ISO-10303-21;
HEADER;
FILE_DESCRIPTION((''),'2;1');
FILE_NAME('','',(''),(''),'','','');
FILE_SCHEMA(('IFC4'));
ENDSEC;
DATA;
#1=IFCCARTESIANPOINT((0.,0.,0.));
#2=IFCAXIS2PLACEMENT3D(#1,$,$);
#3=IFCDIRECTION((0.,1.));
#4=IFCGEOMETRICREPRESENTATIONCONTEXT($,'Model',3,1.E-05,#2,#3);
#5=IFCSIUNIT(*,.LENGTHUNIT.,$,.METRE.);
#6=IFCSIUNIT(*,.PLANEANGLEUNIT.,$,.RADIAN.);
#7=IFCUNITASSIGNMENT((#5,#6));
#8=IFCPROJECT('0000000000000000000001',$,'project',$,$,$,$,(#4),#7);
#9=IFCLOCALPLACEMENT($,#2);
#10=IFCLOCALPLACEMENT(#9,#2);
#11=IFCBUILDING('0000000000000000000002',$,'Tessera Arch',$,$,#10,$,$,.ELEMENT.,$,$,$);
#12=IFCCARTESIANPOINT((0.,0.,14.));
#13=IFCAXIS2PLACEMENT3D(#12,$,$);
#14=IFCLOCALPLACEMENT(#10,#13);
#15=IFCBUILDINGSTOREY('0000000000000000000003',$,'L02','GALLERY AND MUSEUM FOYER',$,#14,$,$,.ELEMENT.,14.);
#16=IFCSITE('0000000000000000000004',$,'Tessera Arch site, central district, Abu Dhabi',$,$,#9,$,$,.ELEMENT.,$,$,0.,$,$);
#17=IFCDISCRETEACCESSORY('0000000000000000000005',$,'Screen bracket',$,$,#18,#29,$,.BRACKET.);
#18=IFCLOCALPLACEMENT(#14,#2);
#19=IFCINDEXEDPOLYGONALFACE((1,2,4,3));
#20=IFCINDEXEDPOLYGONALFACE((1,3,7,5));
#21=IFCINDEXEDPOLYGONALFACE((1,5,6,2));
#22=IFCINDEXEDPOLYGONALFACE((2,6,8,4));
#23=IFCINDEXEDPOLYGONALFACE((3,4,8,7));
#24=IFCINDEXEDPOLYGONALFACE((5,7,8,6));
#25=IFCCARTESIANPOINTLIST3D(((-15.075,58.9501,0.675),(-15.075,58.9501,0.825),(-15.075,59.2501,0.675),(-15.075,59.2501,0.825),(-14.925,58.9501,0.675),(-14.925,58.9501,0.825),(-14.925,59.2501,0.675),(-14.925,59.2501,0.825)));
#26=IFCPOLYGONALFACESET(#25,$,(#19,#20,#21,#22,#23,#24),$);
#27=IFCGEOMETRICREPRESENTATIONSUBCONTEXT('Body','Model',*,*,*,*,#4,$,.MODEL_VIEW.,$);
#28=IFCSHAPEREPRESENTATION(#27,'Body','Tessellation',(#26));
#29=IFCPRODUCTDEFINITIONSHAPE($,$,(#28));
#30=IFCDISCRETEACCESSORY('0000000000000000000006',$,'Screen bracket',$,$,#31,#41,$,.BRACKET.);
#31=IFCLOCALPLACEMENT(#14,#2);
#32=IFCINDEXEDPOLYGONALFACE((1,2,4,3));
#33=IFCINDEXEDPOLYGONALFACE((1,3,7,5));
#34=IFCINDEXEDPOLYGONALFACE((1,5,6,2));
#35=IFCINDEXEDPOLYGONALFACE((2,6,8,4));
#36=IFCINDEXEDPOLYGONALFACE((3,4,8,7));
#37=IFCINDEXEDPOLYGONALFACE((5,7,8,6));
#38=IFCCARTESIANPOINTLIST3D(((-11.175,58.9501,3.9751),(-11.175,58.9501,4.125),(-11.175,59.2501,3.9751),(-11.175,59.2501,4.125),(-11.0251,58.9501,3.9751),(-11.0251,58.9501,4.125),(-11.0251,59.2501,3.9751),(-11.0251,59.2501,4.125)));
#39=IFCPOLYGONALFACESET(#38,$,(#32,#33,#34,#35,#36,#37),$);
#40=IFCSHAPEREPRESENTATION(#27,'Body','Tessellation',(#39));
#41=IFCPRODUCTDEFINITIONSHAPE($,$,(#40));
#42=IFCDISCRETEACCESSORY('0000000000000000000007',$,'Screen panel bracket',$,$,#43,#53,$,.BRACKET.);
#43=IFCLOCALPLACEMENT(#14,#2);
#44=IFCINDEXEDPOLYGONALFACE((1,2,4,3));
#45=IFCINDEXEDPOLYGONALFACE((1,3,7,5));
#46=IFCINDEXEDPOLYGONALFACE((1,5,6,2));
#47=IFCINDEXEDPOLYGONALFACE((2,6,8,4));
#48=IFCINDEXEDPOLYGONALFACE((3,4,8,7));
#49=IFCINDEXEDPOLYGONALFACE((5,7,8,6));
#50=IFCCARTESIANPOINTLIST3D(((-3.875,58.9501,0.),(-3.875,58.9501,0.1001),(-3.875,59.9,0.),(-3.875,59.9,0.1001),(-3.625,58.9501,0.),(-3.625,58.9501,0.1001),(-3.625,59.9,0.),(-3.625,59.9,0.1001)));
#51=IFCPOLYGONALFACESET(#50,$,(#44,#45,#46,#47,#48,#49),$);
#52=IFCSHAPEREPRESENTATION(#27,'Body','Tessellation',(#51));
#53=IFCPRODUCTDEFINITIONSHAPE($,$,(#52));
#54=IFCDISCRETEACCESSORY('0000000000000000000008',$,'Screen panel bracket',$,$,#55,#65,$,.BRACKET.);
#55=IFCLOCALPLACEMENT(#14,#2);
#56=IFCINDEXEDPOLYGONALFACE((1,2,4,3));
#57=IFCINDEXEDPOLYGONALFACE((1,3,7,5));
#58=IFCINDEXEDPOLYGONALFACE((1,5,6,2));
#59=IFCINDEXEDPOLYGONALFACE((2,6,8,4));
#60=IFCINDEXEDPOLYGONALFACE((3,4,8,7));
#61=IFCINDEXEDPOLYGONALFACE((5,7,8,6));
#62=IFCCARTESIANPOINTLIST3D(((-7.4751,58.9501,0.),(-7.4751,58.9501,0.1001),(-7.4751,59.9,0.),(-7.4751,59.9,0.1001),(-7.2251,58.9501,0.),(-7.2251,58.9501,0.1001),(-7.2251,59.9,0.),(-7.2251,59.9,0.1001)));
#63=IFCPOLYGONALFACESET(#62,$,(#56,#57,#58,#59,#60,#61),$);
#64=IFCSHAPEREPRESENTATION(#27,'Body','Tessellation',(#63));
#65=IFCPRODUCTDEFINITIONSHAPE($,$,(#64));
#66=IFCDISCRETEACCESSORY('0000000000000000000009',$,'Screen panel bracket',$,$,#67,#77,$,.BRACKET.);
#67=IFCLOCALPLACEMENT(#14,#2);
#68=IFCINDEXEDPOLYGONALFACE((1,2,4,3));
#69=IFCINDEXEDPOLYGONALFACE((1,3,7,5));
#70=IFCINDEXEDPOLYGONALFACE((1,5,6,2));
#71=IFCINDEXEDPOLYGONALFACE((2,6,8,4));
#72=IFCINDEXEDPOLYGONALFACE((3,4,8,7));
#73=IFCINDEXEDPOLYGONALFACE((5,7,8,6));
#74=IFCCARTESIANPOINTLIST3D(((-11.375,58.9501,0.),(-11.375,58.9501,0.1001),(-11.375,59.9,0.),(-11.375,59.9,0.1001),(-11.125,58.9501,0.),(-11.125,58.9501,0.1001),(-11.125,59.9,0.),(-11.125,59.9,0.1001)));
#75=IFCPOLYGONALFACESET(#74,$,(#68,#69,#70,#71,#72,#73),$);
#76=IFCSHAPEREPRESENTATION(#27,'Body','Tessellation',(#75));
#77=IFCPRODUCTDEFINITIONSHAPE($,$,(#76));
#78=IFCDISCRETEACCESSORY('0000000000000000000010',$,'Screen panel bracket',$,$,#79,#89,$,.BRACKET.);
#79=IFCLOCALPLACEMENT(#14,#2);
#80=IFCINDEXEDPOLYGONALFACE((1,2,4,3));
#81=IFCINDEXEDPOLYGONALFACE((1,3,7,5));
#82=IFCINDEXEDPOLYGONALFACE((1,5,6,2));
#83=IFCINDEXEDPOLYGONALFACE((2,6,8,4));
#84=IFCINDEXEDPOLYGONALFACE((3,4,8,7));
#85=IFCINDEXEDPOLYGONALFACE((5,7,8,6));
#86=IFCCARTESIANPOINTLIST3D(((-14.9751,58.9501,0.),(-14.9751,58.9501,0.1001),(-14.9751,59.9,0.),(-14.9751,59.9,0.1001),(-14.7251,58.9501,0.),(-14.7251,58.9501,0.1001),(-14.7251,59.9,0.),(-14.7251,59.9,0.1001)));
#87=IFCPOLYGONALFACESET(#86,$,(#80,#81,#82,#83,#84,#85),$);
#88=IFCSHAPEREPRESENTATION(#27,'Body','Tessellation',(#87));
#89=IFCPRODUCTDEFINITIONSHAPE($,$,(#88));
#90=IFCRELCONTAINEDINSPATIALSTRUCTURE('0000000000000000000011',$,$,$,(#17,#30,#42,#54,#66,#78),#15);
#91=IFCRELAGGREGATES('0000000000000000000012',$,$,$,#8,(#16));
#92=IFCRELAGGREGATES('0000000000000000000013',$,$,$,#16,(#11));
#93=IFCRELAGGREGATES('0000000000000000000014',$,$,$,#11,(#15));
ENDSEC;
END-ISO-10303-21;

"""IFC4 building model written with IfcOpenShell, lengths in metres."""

from ifc_helpers import new_model, si_unit, direction, frame, origin, origin_2d, place, context, subcontext, project, spatial, rectangle, extrude, element, save


model = new_model("IFC4")

# Units and contexts
model_context = context("Model", 3, precision=1e-05, world=origin(), true_north=direction((0.0, 1.0)))
body_context = subcontext(model_context, "Body", "Model", "MODEL_VIEW")
ifc_project = project(units=[si_unit("LENGTHUNIT", "METRE"), si_unit("PLANEANGLEUNIT", "RADIAN")], contexts=[model_context])

# Site, building, storey
site_placement = place(None, origin())
site = spatial("IfcSite", under=ifc_project, at=site_placement, Name="Tessera Arch site, central district, Abu Dhabi", CompositionType="ELEMENT", RefElevation=0.0)
building_placement = place(site_placement, origin())
building = spatial("IfcBuilding", under=site, at=building_placement, Name="Tessera Arch", CompositionType="ELEMENT")
storey_placement = place(building_placement, frame((0.0, 0.0, 14.0)))
storey = spatial("IfcBuildingStorey", under=building, at=storey_placement, Name="L02", Description="GALLERY AND MUSEUM FOYER", CompositionType="ELEMENT", Elevation=14.0)

# Discrete accessories
for number, where, z_axis, x_axis, name in (
    (1, (-15.0, 59.1001, 0.675), (0.0, 0.0, 1.0), (0.0, 1.0, 0.0), "Screen bracket"),
    (2, (-11.1001, 59.1001, 3.9751), (0.0, 0.0, 1.0), (0.0, 1.0, 0.0), "Screen bracket"),
):
    element("IfcDiscreteAccessory", number, at=place(storey_placement, frame(where, z_axis=z_axis, x_axis=x_axis)), inside=storey, Name=name, PredefinedType="BRACKET", context=body_context, shape_type="SweptSolid", body=[
        extrude(rectangle(XDim=0.3, YDim=0.1499, at=origin_2d()), origin(), (0.0, 0.0, 1.0), 0.1499),
    ])
for number, where, z_axis, x_axis, name in (
    (3, (-3.75, 59.425, 0.0), (0.0, 0.0, 1.0), (0.0, 1.0, 0.0), "Screen panel bracket"),
    (4, (-7.3501, 59.425, 0.0), (0.0, 0.0, 1.0), (0.0, 1.0, 0.0), "Screen panel bracket"),
    (5, (-11.25, 59.425, 0.0), (0.0, 0.0, 1.0), (0.0, 1.0, 0.0), "Screen panel bracket"),
    (6, (-14.8501, 59.425, 0.0), (0.0, 0.0, 1.0), (0.0, 1.0, 0.0), "Screen panel bracket"),
):
    element("IfcDiscreteAccessory", number, at=place(storey_placement, frame(where, z_axis=z_axis, x_axis=x_axis)), inside=storey, Name=name, PredefinedType="BRACKET", context=body_context, shape_type="SweptSolid", body=[
        extrude(rectangle(XDim=0.95, YDim=0.25, at=origin_2d()), origin(), (0.0, 0.0, 1.0), 0.1001),
    ])

save(model, "model.ifc")
